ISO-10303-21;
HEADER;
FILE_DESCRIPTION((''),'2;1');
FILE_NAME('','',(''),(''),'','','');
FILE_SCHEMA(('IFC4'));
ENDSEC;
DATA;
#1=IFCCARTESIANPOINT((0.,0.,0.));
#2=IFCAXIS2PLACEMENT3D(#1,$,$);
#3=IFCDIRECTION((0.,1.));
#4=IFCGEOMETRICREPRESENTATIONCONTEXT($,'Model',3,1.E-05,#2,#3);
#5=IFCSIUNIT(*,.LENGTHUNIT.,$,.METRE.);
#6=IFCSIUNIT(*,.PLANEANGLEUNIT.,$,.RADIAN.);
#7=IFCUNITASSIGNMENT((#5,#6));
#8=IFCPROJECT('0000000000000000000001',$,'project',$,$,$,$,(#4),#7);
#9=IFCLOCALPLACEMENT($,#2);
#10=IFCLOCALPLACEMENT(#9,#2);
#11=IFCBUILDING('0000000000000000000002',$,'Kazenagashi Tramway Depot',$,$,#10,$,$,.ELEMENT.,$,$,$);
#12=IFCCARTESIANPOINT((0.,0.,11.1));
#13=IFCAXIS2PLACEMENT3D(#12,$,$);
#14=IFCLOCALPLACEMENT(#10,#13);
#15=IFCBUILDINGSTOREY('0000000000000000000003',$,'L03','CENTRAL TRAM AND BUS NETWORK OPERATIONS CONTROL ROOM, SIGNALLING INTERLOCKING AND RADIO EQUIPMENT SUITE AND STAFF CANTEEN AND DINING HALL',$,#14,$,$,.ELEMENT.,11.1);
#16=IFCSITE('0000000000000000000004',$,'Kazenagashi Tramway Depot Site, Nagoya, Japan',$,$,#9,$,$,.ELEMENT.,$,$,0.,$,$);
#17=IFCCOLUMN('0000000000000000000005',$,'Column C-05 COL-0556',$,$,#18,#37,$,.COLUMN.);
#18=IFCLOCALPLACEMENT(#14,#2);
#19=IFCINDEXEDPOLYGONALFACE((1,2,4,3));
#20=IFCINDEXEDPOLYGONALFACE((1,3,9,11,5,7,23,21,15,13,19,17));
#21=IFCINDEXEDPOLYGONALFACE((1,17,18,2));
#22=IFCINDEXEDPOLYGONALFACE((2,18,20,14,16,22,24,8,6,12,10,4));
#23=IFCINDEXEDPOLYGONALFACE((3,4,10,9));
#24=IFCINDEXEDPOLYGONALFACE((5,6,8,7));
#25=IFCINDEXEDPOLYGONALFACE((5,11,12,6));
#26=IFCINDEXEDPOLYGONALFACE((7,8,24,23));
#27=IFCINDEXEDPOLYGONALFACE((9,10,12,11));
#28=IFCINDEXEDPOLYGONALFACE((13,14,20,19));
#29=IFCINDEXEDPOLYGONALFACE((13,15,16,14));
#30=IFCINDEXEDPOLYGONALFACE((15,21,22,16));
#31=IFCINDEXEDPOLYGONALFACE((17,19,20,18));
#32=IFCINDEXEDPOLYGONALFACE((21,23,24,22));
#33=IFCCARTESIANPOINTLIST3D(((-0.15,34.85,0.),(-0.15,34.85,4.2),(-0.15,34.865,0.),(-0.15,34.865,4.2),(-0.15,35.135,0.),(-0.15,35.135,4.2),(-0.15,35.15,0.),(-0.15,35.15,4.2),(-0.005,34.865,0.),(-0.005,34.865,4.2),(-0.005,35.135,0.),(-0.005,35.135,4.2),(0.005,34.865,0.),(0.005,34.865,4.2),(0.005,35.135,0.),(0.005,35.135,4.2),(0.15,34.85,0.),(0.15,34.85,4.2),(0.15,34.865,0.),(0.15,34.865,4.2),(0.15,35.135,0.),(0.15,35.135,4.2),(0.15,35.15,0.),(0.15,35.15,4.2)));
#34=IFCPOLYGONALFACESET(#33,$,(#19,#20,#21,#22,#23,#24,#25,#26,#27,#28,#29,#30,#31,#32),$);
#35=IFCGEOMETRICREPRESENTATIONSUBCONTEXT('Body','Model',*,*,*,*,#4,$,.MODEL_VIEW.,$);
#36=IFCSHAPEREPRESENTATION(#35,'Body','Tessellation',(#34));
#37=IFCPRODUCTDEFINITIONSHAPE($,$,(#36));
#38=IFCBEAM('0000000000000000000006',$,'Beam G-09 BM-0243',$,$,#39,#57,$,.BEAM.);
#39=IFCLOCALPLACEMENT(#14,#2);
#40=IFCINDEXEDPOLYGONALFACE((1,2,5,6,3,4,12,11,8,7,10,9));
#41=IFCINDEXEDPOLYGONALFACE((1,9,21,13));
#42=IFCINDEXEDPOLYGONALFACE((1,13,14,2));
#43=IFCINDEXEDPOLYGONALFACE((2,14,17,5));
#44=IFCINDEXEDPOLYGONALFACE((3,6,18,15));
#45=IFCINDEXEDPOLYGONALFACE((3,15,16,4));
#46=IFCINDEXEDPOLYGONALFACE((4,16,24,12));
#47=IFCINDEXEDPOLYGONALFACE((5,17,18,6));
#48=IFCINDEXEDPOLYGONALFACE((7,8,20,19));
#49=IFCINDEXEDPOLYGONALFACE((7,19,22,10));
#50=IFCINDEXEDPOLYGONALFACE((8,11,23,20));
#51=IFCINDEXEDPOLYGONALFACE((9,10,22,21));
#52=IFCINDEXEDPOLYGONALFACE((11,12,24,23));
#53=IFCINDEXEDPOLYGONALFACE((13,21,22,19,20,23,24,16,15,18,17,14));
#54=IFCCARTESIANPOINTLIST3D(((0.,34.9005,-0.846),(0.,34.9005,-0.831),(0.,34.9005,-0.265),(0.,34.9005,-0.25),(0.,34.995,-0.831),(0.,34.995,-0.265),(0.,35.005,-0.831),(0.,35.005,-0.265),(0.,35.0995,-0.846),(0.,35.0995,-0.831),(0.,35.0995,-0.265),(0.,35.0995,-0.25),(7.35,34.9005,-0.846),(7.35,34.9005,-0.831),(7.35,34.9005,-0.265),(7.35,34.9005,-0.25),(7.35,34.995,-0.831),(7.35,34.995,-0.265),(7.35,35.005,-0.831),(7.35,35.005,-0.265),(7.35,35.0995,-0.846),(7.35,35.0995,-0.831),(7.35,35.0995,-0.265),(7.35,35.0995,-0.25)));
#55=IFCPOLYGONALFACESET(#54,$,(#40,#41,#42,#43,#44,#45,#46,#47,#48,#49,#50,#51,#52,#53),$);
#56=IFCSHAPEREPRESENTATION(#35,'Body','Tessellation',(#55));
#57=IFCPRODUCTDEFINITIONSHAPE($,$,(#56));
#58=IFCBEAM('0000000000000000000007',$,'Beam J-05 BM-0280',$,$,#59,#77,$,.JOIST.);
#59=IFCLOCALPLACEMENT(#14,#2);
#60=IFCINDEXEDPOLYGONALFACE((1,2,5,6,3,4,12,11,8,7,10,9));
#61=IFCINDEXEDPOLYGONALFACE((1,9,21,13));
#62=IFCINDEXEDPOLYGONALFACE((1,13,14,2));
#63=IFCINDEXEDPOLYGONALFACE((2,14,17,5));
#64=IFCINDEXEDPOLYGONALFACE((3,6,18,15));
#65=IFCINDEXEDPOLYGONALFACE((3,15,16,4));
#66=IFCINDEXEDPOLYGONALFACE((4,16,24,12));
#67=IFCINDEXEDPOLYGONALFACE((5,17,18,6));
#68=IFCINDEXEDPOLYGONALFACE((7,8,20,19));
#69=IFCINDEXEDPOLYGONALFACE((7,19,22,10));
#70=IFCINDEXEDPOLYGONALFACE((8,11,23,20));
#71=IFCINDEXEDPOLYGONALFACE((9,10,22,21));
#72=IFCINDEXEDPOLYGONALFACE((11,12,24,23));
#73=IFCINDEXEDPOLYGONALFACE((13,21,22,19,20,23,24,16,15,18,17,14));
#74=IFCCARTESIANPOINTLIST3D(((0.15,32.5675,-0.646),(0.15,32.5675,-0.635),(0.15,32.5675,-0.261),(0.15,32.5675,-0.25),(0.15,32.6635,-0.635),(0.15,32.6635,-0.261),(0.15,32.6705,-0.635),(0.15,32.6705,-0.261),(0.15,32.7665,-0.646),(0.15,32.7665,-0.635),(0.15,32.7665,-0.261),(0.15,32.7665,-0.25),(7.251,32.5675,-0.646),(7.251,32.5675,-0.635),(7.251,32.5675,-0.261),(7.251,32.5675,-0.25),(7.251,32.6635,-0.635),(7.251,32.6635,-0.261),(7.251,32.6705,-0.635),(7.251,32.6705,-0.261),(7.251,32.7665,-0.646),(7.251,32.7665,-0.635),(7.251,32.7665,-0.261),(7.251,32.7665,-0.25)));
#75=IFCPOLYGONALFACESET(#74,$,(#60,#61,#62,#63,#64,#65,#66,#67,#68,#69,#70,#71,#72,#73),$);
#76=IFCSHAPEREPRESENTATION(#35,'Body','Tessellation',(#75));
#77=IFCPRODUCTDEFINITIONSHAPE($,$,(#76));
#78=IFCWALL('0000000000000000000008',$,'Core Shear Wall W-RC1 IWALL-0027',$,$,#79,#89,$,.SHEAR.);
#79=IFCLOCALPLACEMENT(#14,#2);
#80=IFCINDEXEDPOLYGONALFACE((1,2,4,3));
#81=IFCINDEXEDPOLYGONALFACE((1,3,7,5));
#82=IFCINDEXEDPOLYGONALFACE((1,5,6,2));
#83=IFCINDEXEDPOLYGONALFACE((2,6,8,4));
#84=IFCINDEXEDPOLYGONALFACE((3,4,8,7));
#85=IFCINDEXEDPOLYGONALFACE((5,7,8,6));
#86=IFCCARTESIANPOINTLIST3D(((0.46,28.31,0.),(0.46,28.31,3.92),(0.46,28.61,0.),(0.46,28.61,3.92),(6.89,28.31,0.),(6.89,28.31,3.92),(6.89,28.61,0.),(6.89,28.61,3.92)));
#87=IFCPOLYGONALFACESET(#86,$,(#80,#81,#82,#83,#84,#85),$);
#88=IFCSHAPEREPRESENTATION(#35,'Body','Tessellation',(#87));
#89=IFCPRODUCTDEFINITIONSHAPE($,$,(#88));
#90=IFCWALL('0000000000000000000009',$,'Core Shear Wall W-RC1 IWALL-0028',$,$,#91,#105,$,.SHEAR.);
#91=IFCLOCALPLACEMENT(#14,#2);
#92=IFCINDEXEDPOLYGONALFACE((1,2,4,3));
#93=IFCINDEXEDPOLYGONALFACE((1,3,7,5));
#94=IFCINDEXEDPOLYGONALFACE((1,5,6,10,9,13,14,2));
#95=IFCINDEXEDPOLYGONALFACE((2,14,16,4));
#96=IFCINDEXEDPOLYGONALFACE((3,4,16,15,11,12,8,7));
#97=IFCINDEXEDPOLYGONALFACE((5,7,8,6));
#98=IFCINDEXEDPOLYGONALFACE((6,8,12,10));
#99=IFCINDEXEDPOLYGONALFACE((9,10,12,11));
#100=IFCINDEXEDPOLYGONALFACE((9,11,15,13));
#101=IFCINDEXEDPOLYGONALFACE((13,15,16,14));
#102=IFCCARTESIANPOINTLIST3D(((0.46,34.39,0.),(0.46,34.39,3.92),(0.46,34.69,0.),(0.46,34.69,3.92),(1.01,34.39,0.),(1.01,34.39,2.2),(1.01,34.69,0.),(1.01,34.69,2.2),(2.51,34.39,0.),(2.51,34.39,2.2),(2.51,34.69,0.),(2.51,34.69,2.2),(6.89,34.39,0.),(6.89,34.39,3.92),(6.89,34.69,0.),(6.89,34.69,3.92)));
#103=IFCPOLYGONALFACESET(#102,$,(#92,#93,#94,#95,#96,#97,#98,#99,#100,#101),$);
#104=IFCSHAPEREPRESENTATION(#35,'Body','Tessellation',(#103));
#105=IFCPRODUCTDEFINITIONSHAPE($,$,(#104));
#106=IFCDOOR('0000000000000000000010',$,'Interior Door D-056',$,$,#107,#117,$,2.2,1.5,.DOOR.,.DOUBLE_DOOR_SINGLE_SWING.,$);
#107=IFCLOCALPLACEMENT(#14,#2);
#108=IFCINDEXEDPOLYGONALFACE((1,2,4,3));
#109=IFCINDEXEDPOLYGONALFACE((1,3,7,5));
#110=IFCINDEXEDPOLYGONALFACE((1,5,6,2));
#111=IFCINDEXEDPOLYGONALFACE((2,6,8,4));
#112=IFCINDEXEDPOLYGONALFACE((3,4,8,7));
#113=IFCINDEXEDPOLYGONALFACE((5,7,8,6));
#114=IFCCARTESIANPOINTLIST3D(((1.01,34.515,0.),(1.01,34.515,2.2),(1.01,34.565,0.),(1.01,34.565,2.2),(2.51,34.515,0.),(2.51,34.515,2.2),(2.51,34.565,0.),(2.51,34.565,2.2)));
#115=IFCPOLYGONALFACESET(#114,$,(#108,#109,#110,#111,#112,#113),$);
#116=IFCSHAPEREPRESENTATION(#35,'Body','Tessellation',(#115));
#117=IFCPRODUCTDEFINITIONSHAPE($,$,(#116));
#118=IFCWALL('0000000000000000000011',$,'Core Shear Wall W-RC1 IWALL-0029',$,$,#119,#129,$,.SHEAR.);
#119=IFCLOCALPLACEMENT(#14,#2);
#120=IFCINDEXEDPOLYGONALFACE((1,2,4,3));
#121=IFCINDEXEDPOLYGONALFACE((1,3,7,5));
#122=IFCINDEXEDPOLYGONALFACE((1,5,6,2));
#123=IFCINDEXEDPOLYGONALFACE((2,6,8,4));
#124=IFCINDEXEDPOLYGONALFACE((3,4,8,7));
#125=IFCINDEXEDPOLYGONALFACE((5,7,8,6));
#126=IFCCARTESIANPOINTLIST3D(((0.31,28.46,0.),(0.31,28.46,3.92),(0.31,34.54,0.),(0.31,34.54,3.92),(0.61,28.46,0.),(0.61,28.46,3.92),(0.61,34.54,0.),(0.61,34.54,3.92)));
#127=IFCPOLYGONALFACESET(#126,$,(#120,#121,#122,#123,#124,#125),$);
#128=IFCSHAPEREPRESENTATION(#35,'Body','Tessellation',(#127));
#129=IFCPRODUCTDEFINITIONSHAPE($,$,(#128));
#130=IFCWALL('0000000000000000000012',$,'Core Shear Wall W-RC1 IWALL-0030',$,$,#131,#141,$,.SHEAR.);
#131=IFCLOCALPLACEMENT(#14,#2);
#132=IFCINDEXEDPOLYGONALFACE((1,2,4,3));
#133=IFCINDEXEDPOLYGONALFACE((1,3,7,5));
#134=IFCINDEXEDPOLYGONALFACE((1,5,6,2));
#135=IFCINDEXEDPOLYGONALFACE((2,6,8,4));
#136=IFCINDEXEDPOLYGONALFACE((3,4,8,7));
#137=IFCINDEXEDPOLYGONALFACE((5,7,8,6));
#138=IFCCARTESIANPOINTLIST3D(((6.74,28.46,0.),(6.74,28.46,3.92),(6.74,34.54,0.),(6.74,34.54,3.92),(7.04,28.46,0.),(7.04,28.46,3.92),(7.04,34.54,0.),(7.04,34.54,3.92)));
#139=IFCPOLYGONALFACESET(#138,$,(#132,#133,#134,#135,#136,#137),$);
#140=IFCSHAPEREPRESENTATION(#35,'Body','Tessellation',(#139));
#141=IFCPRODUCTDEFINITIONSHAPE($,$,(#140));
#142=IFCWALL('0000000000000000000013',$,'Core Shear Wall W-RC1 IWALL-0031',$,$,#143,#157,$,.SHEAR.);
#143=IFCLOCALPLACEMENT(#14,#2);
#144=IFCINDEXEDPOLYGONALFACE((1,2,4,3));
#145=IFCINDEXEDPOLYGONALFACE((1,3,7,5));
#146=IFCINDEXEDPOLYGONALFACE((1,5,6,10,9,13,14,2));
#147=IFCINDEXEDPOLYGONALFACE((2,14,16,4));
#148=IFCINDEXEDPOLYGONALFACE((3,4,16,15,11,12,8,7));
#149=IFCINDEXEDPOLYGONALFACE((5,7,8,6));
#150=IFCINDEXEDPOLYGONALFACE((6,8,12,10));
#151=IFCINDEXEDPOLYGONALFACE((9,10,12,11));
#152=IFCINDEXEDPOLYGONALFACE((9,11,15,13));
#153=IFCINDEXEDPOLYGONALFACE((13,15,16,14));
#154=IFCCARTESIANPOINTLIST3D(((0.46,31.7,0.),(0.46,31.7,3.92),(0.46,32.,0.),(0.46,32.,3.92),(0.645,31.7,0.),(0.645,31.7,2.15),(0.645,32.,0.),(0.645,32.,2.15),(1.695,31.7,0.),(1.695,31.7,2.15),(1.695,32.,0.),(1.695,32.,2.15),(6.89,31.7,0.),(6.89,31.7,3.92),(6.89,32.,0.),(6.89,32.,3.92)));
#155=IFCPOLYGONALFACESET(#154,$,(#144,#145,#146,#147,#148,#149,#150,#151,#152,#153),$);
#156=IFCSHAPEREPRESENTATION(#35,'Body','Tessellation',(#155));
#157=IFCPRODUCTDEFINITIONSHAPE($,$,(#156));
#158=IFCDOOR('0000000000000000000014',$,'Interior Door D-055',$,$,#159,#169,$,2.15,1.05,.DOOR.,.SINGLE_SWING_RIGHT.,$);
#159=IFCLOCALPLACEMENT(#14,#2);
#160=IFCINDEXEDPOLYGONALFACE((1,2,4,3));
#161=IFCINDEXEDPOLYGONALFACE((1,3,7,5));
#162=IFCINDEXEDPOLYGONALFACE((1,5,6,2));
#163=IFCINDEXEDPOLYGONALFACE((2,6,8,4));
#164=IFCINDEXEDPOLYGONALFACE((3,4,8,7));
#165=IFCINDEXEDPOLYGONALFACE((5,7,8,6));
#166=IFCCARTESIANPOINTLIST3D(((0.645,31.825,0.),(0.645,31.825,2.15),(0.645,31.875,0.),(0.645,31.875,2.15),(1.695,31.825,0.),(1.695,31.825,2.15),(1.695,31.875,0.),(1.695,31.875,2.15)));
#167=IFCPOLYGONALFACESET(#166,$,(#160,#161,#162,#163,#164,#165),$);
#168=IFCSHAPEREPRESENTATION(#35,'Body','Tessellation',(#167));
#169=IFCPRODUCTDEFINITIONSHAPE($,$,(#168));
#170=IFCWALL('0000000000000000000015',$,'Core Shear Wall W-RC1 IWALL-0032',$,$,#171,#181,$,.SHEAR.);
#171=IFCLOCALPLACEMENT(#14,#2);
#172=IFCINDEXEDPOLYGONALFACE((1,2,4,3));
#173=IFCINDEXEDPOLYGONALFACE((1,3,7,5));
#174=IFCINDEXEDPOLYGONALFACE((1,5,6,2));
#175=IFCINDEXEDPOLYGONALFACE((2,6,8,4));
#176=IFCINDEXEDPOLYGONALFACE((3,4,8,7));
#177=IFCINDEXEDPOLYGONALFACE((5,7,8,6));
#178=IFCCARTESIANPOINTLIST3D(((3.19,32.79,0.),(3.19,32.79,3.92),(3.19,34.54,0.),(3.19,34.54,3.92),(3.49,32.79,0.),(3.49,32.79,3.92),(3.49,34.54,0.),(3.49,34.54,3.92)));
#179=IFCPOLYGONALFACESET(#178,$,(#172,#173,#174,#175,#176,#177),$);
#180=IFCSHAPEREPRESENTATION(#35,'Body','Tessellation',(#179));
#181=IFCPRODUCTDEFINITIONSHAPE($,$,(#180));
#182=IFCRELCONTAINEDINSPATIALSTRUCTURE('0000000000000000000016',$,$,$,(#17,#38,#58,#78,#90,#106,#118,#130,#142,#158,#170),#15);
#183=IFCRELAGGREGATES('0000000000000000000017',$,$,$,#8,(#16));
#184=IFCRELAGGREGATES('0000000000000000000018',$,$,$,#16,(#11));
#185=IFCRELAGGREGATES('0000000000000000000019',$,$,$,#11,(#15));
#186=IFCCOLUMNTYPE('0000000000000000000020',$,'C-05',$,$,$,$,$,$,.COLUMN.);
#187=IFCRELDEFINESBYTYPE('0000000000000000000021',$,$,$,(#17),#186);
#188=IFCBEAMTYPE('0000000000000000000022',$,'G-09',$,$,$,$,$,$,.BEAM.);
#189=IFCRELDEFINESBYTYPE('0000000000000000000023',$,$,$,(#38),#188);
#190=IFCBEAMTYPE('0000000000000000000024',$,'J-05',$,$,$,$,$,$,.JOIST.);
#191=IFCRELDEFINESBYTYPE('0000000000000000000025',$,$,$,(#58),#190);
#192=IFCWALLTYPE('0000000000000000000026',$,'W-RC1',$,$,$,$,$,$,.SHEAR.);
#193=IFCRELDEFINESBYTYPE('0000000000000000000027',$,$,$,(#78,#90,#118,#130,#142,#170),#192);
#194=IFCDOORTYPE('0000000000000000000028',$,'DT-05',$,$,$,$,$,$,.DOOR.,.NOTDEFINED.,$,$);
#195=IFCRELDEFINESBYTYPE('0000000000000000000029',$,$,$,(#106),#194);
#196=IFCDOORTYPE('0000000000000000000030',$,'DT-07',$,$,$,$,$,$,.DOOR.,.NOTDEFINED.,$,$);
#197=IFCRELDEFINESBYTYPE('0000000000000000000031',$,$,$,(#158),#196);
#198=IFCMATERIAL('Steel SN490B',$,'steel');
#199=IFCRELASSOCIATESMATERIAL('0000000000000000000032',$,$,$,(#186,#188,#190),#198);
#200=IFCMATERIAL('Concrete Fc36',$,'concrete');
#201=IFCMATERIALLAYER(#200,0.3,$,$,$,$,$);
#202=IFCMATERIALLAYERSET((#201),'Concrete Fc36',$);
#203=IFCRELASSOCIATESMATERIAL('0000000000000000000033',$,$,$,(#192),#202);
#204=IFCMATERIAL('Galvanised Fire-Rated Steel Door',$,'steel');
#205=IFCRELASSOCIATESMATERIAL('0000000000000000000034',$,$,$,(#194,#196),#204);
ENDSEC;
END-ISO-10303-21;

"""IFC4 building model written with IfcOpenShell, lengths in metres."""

from ifc_helpers import new_model, si_unit, direction, frame, frame_2d, origin, origin_2d, place, context, subcontext, project, spatial, rectangle, i_section, extrude, material, layer, layer_set, material_profile, profile_set, type_object, element, fill, save


model = new_model("IFC4")

# Units and contexts
model_context = context("Model", 3, precision=1e-05, world=origin(), true_north=direction((0.0, 1.0)))
body_context = subcontext(model_context, "Body", "Model", "MODEL_VIEW")
ifc_project = project(units=[si_unit("LENGTHUNIT", "METRE"), si_unit("PLANEANGLEUNIT", "RADIAN")], contexts=[model_context])

# Site, building, storey
site_placement = place(None, origin())
site = spatial("IfcSite", under=ifc_project, at=site_placement, Name="Kazenagashi Tramway Depot Site, Nagoya, Japan", CompositionType="ELEMENT", RefElevation=0.0)
building_placement = place(site_placement, origin())
building = spatial("IfcBuilding", under=site, at=building_placement, Name="Kazenagashi Tramway Depot", CompositionType="ELEMENT")
storey_placement = place(building_placement, frame((0.0, 0.0, 11.1)))
storey = spatial("IfcBuildingStorey", under=building, at=storey_placement, Name="L03", Description="CENTRAL TRAM AND BUS NETWORK OPERATIONS CONTROL ROOM, SIGNALLING INTERLOCKING AND RADIO EQUIPMENT SUITE AND STAFF CANTEEN AND DINING HALL", CompositionType="ELEMENT", Elevation=11.1)

# Column
ifc_material_1 = material(Name="Steel SN490B", Category="steel")
ifc_material_profile_1 = material_profile(ifc_material_1, i_section(OverallWidth=0.3, OverallDepth=0.3, WebThickness=0.01, FlangeThickness=0.015, at=origin_2d()), Name="H-300x300x10x15")
ifc_profile_set_1 = profile_set([ifc_material_profile_1], Name="Steel SN490B")
column_type = type_object("IfcColumnType", Name="C-05", PredefinedType="COLUMN", material=ifc_profile_set_1)
column_placement = place(storey_placement, frame((0.0, 35.0, 0.0), z_axis=(0.0, 0.0, 1.0), x_axis=(1.0, 0.0, 0.0)))
element("IfcColumn", 1, at=column_placement, inside=storey, type_object=column_type, Name="Column C-05 COL-0556", PredefinedType="COLUMN", context=body_context, shape_type="SweptSolid", body=[
    extrude(i_section(OverallWidth=0.3, OverallDepth=0.3, WebThickness=0.01, FlangeThickness=0.015, at=origin_2d()), origin(), (0.0, 0.0, 1.0), 4.2),
])

# Beams
ifc_material_profile_2 = material_profile(ifc_material_1, i_section(OverallWidth=0.199, OverallDepth=0.596, WebThickness=0.01, FlangeThickness=0.015, at=origin_2d()), Name="H-596x199x10x15")
ifc_profile_set_2 = profile_set([ifc_material_profile_2], Name="Steel SN490B")
beam_type_1 = type_object("IfcBeamType", Name="G-09", PredefinedType="BEAM", material=ifc_profile_set_2)
beam_1_placement = place(storey_placement, frame((0.0, 35.0, -0.548), z_axis=(1.0, 0.0, 0.0), x_axis=(0.0, 1.0, 0.0)))
element("IfcBeam", 2, at=beam_1_placement, inside=storey, type_object=beam_type_1, Name="Beam G-09 BM-0243", PredefinedType="BEAM", context=body_context, shape_type="SweptSolid", body=[
    extrude(i_section(OverallWidth=0.199, OverallDepth=0.596, WebThickness=0.01, FlangeThickness=0.015, at=origin_2d()), origin(), (0.0, 0.0, 1.0), 7.35),
])
ifc_material_profile_3 = material_profile(ifc_material_1, i_section(OverallWidth=0.199, OverallDepth=0.396, WebThickness=0.007, FlangeThickness=0.011, at=origin_2d()), Name="H-396x199x7x11")
ifc_profile_set_3 = profile_set([ifc_material_profile_3], Name="Steel SN490B")
beam_type_2 = type_object("IfcBeamType", Name="J-05", PredefinedType="JOIST", material=ifc_profile_set_3)
beam_2_placement = place(storey_placement, frame((0.15, 32.667, -0.448), z_axis=(1.0, 0.0, 0.0), x_axis=(0.0, 1.0, 0.0)))
element("IfcBeam", 3, at=beam_2_placement, inside=storey, type_object=beam_type_2, Name="Beam J-05 BM-0280", PredefinedType="JOIST", context=body_context, shape_type="SweptSolid", body=[
    extrude(i_section(OverallWidth=0.199, OverallDepth=0.396, WebThickness=0.007, FlangeThickness=0.011, at=origin_2d()), origin(), (0.0, 0.0, 1.0), 7.101),
])

# Wall
ifc_material_2 = material(Name="Concrete Fc36", Category="concrete")
ifc_layer_1 = layer(ifc_material_2, 0.3)
ifc_layer_set_1 = layer_set([ifc_layer_1], Name="Concrete Fc36")
wall_type = type_object("IfcWallType", Name="W-RC1", PredefinedType="SHEAR", material=ifc_layer_set_1)
wall_1_placement = place(storey_placement, frame((0.46, 28.46, 0.0), z_axis=(0.0, 0.0, 1.0), x_axis=(1.0, 0.0, 0.0)))
element("IfcWall", 4, at=wall_1_placement, inside=storey, type_object=wall_type, Name="Core Shear Wall W-RC1 IWALL-0027", PredefinedType="SHEAR", context=body_context, shape_type="SweptSolid", body=[
    extrude(rectangle(XDim=6.43, YDim=0.3, at=frame_2d((3.215, 0.0))), origin(), (0.0, 0.0, 1.0), 3.92),
])

# Wall, opening, door
wall_2_placement = place(storey_placement, frame((0.46, 34.54, 0.0), z_axis=(0.0, 0.0, 1.0), x_axis=(1.0, 0.0, 0.0)))
wall_2 = element("IfcWall", 5, at=wall_2_placement, inside=storey, type_object=wall_type, Name="Core Shear Wall W-RC1 IWALL-0028", PredefinedType="SHEAR", context=body_context, shape_type="SweptSolid", body=[
    extrude(rectangle(XDim=6.43, YDim=0.3, at=frame_2d((3.215, 0.0))), origin(), (0.0, 0.0, 1.0), 3.92),
])
opening_1_placement = place(wall_2_placement, frame((0.55, 0.0, 0.0)))
opening_1 = element("IfcOpeningElement", 6, at=opening_1_placement, cuts=wall_2, PredefinedType="OPENING", context=body_context, shape_type="SweptSolid", body=[
    extrude(rectangle(XDim=1.5, YDim=2.2, at=frame_2d((0.75, 1.1))), frame((0.0, 0.16, 0.0), z_axis=(0.0, -1.0, 0.0), x_axis=(1.0, 0.0, 0.0)), (0.0, 0.0, 1.0), 0.32),
])
ifc_material_3 = material(Name="Galvanised Fire-Rated Steel Door", Category="steel")
door_type_1 = type_object("IfcDoorType", Name="DT-05", OperationType="NOTDEFINED", PredefinedType="DOOR", material=ifc_material_3)
door_1_placement = place(opening_1_placement, origin())
door_1 = element("IfcDoor", 7, at=door_1_placement, inside=storey, type_object=door_type_1, Name="Interior Door D-056", OperationType="DOUBLE_DOOR_SINGLE_SWING", OverallHeight=2.2, OverallWidth=1.5, PredefinedType="DOOR", context=body_context, shape_type="SweptSolid", body=[
    extrude(rectangle(XDim=1.5, YDim=2.2, at=frame_2d((0.75, 1.1))), frame((0.0, 0.025, 0.0), z_axis=(0.0, -1.0, 0.0), x_axis=(1.0, 0.0, 0.0)), (0.0, 0.0, 1.0), 0.05),
])
fill(opening_1, door_1)

# Walls
for number, where, z_axis, x_axis, name in (
    (8, (0.46, 28.46, 0.0), (0.0, 0.0, 1.0), (0.0, 1.0, 0.0), "Core Shear Wall W-RC1 IWALL-0029"),
    (9, (6.89, 28.46, 0.0), (0.0, 0.0, 1.0), (0.0, 1.0, 0.0), "Core Shear Wall W-RC1 IWALL-0030"),
):
    element("IfcWall", number, at=place(storey_placement, frame(where, z_axis=z_axis, x_axis=x_axis)), inside=storey, type_object=wall_type, Name=name, PredefinedType="SHEAR", context=body_context, shape_type="SweptSolid", body=[
        extrude(rectangle(XDim=6.08, YDim=0.3, at=frame_2d((3.04, 0.0))), origin(), (0.0, 0.0, 1.0), 3.92),
    ])

# Wall, opening, door
wall_3_placement = place(storey_placement, frame((0.46, 31.85, 0.0), z_axis=(0.0, 0.0, 1.0), x_axis=(1.0, 0.0, 0.0)))
wall_3 = element("IfcWall", 10, at=wall_3_placement, inside=storey, type_object=wall_type, Name="Core Shear Wall W-RC1 IWALL-0031", PredefinedType="SHEAR", context=body_context, shape_type="SweptSolid", body=[
    extrude(rectangle(XDim=6.43, YDim=0.3, at=frame_2d((3.215, 0.0))), origin(), (0.0, 0.0, 1.0), 3.92),
])
opening_2_placement = place(wall_3_placement, frame((0.185, 0.0, 0.0)))
opening_2 = element("IfcOpeningElement", 11, at=opening_2_placement, cuts=wall_3, PredefinedType="OPENING", context=body_context, shape_type="SweptSolid", body=[
    extrude(rectangle(XDim=1.05, YDim=2.15, at=frame_2d((0.525, 1.075))), frame((0.0, 0.16, 0.0), z_axis=(0.0, -1.0, 0.0), x_axis=(1.0, 0.0, 0.0)), (0.0, 0.0, 1.0), 0.32),
])
door_type_2 = type_object("IfcDoorType", Name="DT-07", OperationType="NOTDEFINED", PredefinedType="DOOR", material=ifc_material_3)
door_2_placement = place(opening_2_placement, origin())
door_2 = element("IfcDoor", 12, at=door_2_placement, inside=storey, type_object=door_type_2, Name="Interior Door D-055", OperationType="SINGLE_SWING_RIGHT", OverallHeight=2.15, OverallWidth=1.05, PredefinedType="DOOR", context=body_context, shape_type="SweptSolid", body=[
    extrude(rectangle(XDim=1.05, YDim=2.15, at=frame_2d((0.525, 1.075))), frame((0.0, 0.025, 0.0), z_axis=(0.0, -1.0, 0.0), x_axis=(1.0, 0.0, 0.0)), (0.0, 0.0, 1.0), 0.05),
])
fill(opening_2, door_2)

# Wall
wall_4_placement = place(storey_placement, frame((3.34, 32.79, 0.0), z_axis=(0.0, 0.0, 1.0), x_axis=(0.0, 1.0, 0.0)))
element("IfcWall", 13, at=wall_4_placement, inside=storey, type_object=wall_type, Name="Core Shear Wall W-RC1 IWALL-0032", PredefinedType="SHEAR", context=body_context, shape_type="SweptSolid", body=[
    extrude(rectangle(XDim=1.75, YDim=0.3, at=frame_2d((0.875, 0.0))), origin(), (0.0, 0.0, 1.0), 3.92),
])

save(model, "model.ifc")
